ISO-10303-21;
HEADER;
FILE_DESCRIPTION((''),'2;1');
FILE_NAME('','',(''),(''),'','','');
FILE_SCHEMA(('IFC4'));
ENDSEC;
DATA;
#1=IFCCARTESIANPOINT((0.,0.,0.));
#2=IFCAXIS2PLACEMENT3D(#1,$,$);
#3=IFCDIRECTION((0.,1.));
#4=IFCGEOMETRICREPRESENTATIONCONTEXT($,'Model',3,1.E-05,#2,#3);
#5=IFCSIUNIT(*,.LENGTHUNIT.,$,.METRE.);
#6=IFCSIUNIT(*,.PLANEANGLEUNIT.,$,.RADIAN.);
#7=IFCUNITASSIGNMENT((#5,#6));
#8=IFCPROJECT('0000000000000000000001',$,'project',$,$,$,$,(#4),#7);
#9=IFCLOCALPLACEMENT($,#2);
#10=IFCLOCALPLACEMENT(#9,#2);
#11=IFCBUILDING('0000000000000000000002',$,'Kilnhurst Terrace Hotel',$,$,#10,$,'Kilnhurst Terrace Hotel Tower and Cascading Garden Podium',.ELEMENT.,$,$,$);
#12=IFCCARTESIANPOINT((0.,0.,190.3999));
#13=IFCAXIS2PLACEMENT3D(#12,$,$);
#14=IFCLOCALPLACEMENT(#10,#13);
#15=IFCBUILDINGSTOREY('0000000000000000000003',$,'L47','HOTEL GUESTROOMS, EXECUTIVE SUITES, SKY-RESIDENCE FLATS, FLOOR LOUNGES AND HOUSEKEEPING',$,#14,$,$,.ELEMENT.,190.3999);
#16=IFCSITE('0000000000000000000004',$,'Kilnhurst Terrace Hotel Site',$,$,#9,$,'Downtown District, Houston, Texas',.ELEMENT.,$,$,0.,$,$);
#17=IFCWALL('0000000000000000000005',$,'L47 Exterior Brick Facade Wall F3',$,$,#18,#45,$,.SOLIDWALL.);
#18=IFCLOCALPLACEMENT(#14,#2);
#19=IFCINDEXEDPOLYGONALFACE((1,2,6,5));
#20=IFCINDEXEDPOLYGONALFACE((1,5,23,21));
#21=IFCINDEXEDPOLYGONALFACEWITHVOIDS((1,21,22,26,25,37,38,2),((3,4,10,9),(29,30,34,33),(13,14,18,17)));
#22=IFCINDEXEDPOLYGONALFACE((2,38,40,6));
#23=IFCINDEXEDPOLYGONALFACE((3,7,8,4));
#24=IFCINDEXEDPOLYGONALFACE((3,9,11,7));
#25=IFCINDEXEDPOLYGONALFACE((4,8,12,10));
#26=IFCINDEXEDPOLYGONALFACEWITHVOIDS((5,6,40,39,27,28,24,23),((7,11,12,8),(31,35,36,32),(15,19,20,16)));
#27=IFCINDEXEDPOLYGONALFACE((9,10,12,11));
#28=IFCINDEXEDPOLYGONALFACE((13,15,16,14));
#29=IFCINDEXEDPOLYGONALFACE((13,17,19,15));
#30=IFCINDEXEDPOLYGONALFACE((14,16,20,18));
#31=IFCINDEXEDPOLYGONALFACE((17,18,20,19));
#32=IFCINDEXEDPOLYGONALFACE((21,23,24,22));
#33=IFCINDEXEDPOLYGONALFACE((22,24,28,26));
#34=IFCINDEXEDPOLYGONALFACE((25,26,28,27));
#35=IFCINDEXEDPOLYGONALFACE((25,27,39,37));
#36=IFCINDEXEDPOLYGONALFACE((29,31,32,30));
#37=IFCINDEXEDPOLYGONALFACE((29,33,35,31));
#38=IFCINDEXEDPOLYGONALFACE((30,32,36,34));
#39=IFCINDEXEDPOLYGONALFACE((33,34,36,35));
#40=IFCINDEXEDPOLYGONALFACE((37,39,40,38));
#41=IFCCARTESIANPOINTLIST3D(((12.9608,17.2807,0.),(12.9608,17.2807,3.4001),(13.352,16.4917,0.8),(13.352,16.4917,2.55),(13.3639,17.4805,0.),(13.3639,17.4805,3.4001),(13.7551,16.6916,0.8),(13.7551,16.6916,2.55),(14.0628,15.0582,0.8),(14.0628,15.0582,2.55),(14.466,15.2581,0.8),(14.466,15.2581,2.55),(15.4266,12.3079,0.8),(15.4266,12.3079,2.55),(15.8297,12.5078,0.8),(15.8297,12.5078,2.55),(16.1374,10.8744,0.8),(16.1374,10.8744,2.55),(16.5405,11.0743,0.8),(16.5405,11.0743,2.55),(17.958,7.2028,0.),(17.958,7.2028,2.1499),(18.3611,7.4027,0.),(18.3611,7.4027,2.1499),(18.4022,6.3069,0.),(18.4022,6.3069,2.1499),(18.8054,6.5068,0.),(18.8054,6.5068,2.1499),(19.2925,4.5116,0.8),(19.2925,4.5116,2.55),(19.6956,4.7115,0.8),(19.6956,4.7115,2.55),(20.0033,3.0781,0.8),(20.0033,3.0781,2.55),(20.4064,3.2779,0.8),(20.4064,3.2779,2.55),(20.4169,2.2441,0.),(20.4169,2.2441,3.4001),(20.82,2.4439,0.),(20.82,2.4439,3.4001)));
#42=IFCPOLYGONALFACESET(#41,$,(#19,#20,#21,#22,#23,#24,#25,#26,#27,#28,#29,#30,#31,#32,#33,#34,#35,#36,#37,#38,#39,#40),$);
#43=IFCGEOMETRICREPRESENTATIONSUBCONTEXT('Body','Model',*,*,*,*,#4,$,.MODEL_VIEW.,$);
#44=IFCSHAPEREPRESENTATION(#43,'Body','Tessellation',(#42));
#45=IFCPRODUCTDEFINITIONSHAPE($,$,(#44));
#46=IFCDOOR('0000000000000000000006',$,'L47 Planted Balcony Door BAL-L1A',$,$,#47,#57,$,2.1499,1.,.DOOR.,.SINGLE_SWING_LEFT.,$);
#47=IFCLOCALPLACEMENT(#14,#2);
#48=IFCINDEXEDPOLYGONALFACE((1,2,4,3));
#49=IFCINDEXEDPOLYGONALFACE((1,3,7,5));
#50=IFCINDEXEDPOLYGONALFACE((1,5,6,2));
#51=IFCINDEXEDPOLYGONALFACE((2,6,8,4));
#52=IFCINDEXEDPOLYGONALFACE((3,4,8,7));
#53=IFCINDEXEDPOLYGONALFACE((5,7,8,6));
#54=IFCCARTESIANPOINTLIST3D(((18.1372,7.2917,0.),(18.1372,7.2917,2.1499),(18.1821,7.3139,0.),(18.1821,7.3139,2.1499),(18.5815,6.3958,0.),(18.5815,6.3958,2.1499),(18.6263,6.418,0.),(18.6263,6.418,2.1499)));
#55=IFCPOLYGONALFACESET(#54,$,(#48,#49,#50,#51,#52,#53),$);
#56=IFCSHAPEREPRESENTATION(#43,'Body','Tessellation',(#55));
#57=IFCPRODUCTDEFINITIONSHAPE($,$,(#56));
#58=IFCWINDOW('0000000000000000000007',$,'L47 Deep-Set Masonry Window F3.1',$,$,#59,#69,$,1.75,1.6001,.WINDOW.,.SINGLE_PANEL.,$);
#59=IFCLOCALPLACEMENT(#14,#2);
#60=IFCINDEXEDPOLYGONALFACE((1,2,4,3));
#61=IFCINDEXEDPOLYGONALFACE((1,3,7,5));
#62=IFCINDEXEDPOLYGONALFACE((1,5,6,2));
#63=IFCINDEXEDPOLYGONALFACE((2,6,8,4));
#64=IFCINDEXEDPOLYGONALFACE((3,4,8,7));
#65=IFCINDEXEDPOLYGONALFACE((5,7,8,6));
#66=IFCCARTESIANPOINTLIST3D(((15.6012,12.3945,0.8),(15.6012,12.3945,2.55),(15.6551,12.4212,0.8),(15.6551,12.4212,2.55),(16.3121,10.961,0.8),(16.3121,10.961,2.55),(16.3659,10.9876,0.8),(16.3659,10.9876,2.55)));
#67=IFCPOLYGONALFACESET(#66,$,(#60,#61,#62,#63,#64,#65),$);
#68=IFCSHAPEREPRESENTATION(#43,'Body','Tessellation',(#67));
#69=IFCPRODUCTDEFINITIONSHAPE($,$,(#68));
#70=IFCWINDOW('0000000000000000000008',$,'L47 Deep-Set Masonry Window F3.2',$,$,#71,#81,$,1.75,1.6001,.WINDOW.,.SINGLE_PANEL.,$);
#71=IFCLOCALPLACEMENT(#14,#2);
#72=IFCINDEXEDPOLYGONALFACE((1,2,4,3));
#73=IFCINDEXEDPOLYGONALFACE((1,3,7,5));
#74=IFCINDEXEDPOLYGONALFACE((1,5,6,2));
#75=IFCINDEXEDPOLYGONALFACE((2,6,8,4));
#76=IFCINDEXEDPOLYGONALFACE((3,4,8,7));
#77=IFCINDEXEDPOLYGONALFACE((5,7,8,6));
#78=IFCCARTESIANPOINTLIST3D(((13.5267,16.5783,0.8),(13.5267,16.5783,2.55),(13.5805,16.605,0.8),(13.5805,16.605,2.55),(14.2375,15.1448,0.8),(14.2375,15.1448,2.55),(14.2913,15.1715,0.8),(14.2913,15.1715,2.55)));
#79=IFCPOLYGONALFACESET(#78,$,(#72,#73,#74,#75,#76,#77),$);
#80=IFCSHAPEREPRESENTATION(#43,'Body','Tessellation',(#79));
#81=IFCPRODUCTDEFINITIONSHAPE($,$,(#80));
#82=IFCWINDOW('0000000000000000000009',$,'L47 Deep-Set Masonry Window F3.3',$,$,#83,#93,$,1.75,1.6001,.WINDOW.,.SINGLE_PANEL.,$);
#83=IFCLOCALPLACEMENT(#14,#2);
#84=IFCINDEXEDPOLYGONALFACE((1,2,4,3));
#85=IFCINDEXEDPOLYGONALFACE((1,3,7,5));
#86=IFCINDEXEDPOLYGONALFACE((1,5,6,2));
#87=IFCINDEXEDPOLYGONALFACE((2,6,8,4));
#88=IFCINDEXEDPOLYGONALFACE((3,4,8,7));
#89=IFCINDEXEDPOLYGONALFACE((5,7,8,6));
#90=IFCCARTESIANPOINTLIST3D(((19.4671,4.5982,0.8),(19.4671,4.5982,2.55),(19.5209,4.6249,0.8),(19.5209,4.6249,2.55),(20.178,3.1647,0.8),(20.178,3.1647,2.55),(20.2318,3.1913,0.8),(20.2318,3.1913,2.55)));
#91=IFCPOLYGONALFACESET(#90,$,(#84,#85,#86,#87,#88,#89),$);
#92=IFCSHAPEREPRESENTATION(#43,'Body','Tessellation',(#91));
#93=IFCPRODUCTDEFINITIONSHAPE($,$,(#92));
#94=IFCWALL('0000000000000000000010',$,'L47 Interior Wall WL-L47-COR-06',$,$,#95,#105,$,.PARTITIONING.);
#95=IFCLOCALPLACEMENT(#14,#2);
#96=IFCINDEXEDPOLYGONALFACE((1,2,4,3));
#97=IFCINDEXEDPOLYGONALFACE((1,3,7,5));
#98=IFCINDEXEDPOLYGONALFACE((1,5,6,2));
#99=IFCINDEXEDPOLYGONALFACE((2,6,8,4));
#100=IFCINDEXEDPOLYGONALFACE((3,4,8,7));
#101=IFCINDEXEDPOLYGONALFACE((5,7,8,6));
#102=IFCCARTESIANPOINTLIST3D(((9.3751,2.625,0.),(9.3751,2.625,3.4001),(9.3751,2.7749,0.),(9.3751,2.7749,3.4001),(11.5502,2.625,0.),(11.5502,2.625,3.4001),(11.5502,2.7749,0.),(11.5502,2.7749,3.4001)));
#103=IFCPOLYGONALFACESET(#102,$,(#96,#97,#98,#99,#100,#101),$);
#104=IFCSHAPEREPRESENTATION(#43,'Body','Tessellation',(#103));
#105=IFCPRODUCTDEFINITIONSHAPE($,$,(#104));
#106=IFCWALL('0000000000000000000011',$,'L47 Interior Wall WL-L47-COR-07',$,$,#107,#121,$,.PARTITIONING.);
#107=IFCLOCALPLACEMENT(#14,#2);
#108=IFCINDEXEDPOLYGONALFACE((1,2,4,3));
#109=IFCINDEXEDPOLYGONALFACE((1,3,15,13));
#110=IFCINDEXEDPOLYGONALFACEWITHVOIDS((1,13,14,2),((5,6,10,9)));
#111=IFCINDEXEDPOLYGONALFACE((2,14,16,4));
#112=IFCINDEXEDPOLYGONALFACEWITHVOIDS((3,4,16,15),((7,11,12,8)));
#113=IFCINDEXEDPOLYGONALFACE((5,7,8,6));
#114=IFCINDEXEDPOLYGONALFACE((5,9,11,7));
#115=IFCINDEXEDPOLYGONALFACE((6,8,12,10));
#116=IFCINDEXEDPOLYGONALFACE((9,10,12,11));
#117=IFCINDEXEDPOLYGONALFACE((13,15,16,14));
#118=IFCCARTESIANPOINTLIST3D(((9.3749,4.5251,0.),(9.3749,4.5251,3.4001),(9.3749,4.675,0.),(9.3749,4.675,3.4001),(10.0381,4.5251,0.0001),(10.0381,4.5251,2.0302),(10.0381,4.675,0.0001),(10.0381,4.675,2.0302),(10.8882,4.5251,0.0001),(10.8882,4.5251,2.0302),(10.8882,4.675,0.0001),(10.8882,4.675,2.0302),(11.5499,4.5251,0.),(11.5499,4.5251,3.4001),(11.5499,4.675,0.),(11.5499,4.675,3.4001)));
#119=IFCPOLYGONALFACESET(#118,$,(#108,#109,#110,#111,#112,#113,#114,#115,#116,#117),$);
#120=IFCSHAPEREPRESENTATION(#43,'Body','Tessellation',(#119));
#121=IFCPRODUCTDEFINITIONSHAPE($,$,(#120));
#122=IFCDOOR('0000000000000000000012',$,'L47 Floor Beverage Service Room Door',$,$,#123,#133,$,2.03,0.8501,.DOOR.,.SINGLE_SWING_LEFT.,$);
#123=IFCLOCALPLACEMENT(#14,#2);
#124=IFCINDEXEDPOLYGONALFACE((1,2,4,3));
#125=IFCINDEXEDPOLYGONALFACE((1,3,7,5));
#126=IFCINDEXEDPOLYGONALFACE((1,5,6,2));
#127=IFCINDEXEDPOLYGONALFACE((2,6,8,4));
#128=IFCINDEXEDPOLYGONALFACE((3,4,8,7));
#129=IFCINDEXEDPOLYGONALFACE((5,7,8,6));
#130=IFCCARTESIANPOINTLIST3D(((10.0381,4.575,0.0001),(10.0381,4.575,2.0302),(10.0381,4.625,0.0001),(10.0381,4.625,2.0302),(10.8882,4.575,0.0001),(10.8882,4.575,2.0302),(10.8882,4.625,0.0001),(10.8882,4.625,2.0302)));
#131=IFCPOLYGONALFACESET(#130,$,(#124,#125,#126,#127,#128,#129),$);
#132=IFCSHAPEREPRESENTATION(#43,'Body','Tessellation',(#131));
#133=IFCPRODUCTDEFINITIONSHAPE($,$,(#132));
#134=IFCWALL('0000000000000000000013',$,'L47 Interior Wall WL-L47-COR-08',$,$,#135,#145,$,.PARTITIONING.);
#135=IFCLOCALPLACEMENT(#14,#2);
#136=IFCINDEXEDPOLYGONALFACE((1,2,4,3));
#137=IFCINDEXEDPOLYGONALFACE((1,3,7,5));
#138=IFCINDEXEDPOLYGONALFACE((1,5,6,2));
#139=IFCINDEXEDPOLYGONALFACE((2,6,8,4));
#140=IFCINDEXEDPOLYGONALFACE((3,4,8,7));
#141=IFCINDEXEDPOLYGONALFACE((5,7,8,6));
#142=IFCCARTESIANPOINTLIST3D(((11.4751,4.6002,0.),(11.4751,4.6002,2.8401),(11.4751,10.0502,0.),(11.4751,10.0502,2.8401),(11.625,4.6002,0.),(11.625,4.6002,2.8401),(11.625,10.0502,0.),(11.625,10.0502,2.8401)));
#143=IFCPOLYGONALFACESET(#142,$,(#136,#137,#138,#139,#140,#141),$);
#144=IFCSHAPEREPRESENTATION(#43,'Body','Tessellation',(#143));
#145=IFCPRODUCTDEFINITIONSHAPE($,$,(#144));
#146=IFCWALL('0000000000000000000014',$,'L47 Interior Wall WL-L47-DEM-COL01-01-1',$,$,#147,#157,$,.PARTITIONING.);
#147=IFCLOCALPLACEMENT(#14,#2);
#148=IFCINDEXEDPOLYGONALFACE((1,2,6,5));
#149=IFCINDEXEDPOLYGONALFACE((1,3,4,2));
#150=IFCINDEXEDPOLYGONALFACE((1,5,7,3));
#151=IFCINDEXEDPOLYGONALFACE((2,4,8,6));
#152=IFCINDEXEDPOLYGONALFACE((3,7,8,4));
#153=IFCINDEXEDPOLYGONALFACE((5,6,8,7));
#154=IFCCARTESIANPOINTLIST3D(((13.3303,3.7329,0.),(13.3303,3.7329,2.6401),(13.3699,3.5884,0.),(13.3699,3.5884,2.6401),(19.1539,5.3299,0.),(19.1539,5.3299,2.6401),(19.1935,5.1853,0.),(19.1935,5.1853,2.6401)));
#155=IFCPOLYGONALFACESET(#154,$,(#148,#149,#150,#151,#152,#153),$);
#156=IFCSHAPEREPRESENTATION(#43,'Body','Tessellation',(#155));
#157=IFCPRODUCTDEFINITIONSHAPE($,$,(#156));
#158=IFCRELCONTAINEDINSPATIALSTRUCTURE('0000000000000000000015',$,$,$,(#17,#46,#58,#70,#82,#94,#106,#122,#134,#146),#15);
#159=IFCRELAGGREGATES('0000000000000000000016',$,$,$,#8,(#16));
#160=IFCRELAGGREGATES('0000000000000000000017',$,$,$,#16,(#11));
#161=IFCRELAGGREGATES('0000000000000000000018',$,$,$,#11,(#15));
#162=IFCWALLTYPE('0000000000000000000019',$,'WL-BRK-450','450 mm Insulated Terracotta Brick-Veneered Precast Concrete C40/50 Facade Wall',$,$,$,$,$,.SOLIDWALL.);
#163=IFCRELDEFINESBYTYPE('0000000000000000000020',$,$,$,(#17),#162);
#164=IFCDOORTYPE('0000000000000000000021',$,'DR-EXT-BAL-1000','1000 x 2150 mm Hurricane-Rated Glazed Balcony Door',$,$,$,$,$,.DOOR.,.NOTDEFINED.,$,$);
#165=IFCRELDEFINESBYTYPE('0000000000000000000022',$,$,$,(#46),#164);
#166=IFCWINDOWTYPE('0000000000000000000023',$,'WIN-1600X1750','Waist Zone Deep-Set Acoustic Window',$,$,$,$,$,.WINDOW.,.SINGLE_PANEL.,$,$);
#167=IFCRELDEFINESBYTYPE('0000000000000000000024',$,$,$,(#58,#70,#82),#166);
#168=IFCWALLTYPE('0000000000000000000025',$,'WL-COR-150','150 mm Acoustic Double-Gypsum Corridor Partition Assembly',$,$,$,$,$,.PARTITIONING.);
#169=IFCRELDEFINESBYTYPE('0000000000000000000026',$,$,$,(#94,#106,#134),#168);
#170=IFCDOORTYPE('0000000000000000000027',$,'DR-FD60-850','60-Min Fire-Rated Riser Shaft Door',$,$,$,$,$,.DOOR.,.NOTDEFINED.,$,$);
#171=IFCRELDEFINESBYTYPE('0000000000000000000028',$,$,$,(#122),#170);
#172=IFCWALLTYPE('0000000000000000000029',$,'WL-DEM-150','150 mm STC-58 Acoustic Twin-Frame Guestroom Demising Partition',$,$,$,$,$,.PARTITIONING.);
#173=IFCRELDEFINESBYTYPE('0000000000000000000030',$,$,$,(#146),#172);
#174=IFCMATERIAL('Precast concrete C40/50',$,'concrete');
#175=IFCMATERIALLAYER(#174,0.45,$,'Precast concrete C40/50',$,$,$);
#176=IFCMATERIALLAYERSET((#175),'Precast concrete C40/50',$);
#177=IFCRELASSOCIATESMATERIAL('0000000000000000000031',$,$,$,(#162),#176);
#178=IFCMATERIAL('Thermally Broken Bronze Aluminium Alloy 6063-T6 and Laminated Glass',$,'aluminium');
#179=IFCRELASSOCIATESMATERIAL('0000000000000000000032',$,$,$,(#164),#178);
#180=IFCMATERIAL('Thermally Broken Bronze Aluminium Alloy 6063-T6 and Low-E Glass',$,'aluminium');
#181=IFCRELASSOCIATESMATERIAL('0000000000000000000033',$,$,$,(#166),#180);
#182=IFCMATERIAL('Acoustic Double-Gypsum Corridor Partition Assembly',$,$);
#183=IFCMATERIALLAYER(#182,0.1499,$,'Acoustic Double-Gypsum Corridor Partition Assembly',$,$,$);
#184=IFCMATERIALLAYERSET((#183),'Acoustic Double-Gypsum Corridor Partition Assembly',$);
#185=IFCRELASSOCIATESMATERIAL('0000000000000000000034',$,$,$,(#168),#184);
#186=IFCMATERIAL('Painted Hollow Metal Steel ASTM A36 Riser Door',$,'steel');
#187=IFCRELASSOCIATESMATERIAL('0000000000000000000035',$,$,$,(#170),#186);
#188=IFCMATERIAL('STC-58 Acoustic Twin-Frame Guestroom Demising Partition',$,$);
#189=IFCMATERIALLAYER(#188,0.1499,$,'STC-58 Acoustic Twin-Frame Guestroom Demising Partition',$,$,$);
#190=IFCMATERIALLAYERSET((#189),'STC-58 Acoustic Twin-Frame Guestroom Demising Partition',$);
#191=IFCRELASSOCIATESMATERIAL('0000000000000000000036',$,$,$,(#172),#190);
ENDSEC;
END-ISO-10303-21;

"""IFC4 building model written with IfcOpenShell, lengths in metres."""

from ifc_helpers import new_model, si_unit, direction, frame, frame_2d, origin, place, context, subcontext, project, spatial, rectangle, extrude, material, layer, layer_set, type_object, element, fill, save


model = new_model("IFC4")

# Units and contexts
model_context = context("Model", 3, precision=1e-05, world=origin(), true_north=direction((0.0, 1.0)))
body_context = subcontext(model_context, "Body", "Model", "MODEL_VIEW")
ifc_project = project(units=[si_unit("LENGTHUNIT", "METRE"), si_unit("PLANEANGLEUNIT", "RADIAN")], contexts=[model_context])

# Site, building, storey
site_placement = place(None, origin())
site = spatial("IfcSite", under=ifc_project, at=site_placement, Name="Kilnhurst Terrace Hotel Site", LongName="Downtown District, Houston, Texas", CompositionType="ELEMENT", RefElevation=0.0)
building_placement = place(site_placement, origin())
building = spatial("IfcBuilding", under=site, at=building_placement, Name="Kilnhurst Terrace Hotel", LongName="Kilnhurst Terrace Hotel Tower and Cascading Garden Podium", CompositionType="ELEMENT")
storey_placement = place(building_placement, frame((0.0, 0.0, 190.3999)))
storey = spatial("IfcBuildingStorey", under=building, at=storey_placement, Name="L47", Description="HOTEL GUESTROOMS, EXECUTIVE SUITES, SKY-RESIDENCE FLATS, FLOOR LOUNGES AND HOUSEKEEPING", CompositionType="ELEMENT", Elevation=190.3999)

# Shared definitions
ifc_material_1 = material(Name="Precast concrete C40/50", Category="concrete")
ifc_layer_1 = layer(ifc_material_1, 0.45, Name="Precast concrete C40/50")
ifc_layer_set_1 = layer_set([ifc_layer_1], Name="Precast concrete C40/50")
wall_type_1 = type_object("IfcWallType", Name="WL-BRK-450", Description="450 mm Insulated Terracotta Brick-Veneered Precast Concrete C40/50 Facade Wall", PredefinedType="SOLIDWALL", material=ifc_layer_set_1)

# Wall, openings, door, windows
wall_1_placement = place(storey_placement, frame((20.6184, 2.344, 0.0), z_axis=(0.0, 0.0, 1.0), x_axis=(-0.444244, 0.895906, 0.0)))
wall_1 = element("IfcWall", 1, at=wall_1_placement, inside=storey, type_object=wall_type_1, Name="L47 Exterior Brick Facade Wall F3", PredefinedType="SOLIDWALL", context=body_context, shape_type="SweptSolid", body=[
    extrude(rectangle(XDim=16.7837, YDim=0.45, at=frame_2d((8.3918, 0.0))), origin(), (0.0, 0.0, 1.0), 3.4001),
])
opening_1_placement = place(wall_1_placement, frame((4.5349, 0.0, 0.0)))
opening_1 = element("IfcOpeningElement", 2, at=opening_1_placement, cuts=wall_1, PredefinedType="OPENING", context=body_context, shape_type="SweptSolid", body=[
    extrude(rectangle(XDim=1.0, YDim=2.1499, at=frame_2d((0.5, 1.075))), frame((0.0, 0.2349, 0.0), z_axis=(0.0, -1.0, 0.0), x_axis=(1.0, 0.0, 0.0)), (0.0, 0.0, 1.0), 0.47),
])
opening_2_placement = place(wall_1_placement, frame((9.6331, 0.0, 0.8)))
opening_2 = element("IfcOpeningElement", 3, at=opening_2_placement, cuts=wall_1, PredefinedType="OPENING", context=body_context, shape_type="SweptSolid", body=[
    extrude(rectangle(XDim=1.6001, YDim=1.75, at=frame_2d((0.8, 0.875))), frame((0.0, 0.2349, 0.0), z_axis=(0.0, -1.0, 0.0), x_axis=(1.0, 0.0, 0.0)), (0.0, 0.0, 1.0), 0.47),
])
opening_3_placement = place(wall_1_placement, frame((14.303, 0.0, 0.8)))
opening_3 = element("IfcOpeningElement", 4, at=opening_3_placement, cuts=wall_1, PredefinedType="OPENING", context=body_context, shape_type="SweptSolid", body=[
    extrude(rectangle(XDim=1.6001, YDim=1.75, at=frame_2d((0.8, 0.875))), frame((0.0, 0.2349, 0.0), z_axis=(0.0, -1.0, 0.0), x_axis=(1.0, 0.0, 0.0)), (0.0, 0.0, 1.0), 0.47),
])
opening_4_placement = place(wall_1_placement, frame((0.9309, 0.0, 0.8)))
opening_4 = element("IfcOpeningElement", 5, at=opening_4_placement, cuts=wall_1, PredefinedType="OPENING", context=body_context, shape_type="SweptSolid", body=[
    extrude(rectangle(XDim=1.6001, YDim=1.75, at=frame_2d((0.8, 0.875))), frame((0.0, 0.2349, 0.0), z_axis=(0.0, -1.0, 0.0), x_axis=(1.0, 0.0, 0.0)), (0.0, 0.0, 1.0), 0.47),
])
ifc_material_2 = material(Name="Thermally Broken Bronze Aluminium Alloy 6063-T6 and Laminated Glass", Category="aluminium")
door_type_1 = type_object("IfcDoorType", Name="DR-EXT-BAL-1000", Description="1000 x 2150 mm Hurricane-Rated Glazed Balcony Door", OperationType="NOTDEFINED", PredefinedType="DOOR", material=ifc_material_2)
door_1_placement = place(opening_1_placement, origin())
door_1 = element("IfcDoor", 6, at=door_1_placement, inside=storey, type_object=door_type_1, Name="L47 Planted Balcony Door BAL-L1A", OperationType="SINGLE_SWING_LEFT", OverallHeight=2.1499, OverallWidth=1.0, PredefinedType="DOOR", context=body_context, shape_type="SweptSolid", body=[
    extrude(rectangle(XDim=1.0, YDim=2.1499, at=frame_2d((0.5, 1.075))), frame((0.0, 0.0249, 0.0), z_axis=(0.0, -1.0, 0.0), x_axis=(1.0, 0.0, 0.0)), (0.0, 0.0, 1.0), 0.05),
])
fill(opening_1, door_1)
ifc_material_3 = material(Name="Thermally Broken Bronze Aluminium Alloy 6063-T6 and Low-E Glass", Category="aluminium")
window_type = type_object("IfcWindowType", Name="WIN-1600X1750", Description="Waist Zone Deep-Set Acoustic Window", PartitioningType="SINGLE_PANEL", PredefinedType="WINDOW", material=ifc_material_3)
window_1_placement = place(opening_2_placement, origin())
window_1 = element("IfcWindow", 7, at=window_1_placement, inside=storey, type_object=window_type, Name="L47 Deep-Set Masonry Window F3.1", OverallHeight=1.75, OverallWidth=1.6001, PartitioningType="SINGLE_PANEL", PredefinedType="WINDOW", context=body_context, shape_type="SweptSolid", body=[
    extrude(rectangle(XDim=1.6001, YDim=1.75, at=frame_2d((0.8, 0.875))), frame((0.0, 0.03, 0.0), z_axis=(0.0, -1.0, 0.0), x_axis=(1.0, 0.0, 0.0)), (0.0, 0.0, 1.0), 0.0601),
])
fill(opening_2, window_1)
window_2_placement = place(opening_3_placement, origin())
window_2 = element("IfcWindow", 8, at=window_2_placement, inside=storey, type_object=window_type, Name="L47 Deep-Set Masonry Window F3.2", OverallHeight=1.75, OverallWidth=1.6001, PartitioningType="SINGLE_PANEL", PredefinedType="WINDOW", context=body_context, shape_type="SweptSolid", body=[
    extrude(rectangle(XDim=1.6001, YDim=1.75, at=frame_2d((0.8, 0.875))), frame((0.0, 0.03, 0.0), z_axis=(0.0, -1.0, 0.0), x_axis=(1.0, 0.0, 0.0)), (0.0, 0.0, 1.0), 0.0601),
])
fill(opening_3, window_2)
window_3_placement = place(opening_4_placement, origin())
window_3 = element("IfcWindow", 9, at=window_3_placement, inside=storey, type_object=window_type, Name="L47 Deep-Set Masonry Window F3.3", OverallHeight=1.75, OverallWidth=1.6001, PartitioningType="SINGLE_PANEL", PredefinedType="WINDOW", context=body_context, shape_type="SweptSolid", body=[
    extrude(rectangle(XDim=1.6001, YDim=1.75, at=frame_2d((0.8, 0.875))), frame((0.0, 0.03, 0.0), z_axis=(0.0, -1.0, 0.0), x_axis=(1.0, 0.0, 0.0)), (0.0, 0.0, 1.0), 0.0601),
])
fill(opening_4, window_3)

# Wall
ifc_material_4 = material(Name="Acoustic Double-Gypsum Corridor Partition Assembly")
ifc_layer_2 = layer(ifc_material_4, 0.1499, Name="Acoustic Double-Gypsum Corridor Partition Assembly")
ifc_layer_set_2 = layer_set([ifc_layer_2], Name="Acoustic Double-Gypsum Corridor Partition Assembly")
wall_type_2 = type_object("IfcWallType", Name="WL-COR-150", Description="150 mm Acoustic Double-Gypsum Corridor Partition Assembly", PredefinedType="PARTITIONING", material=ifc_layer_set_2)
wall_2_placement = place(storey_placement, frame((11.55, 2.7, 0.0), z_axis=(0.0, 0.0, 1.0), x_axis=(-1.0, 0.0, 0.0)))
element("IfcWall", 10, at=wall_2_placement, inside=storey, type_object=wall_type_2, Name="L47 Interior Wall WL-L47-COR-06", PredefinedType="PARTITIONING", context=body_context, shape_type="SweptSolid", body=[
    extrude(rectangle(XDim=2.175, YDim=0.1499, at=frame_2d((1.0874, 0.0))), origin(), (0.0, 0.0, 1.0), 3.4001),
])

# Wall, opening, door
wall_3_placement = place(storey_placement, frame((9.375, 4.6001, 0.0), z_axis=(0.0, 0.0, 1.0), x_axis=(1.0, 0.0, 0.0)))
wall_3 = element("IfcWall", 11, at=wall_3_placement, inside=storey, type_object=wall_type_2, Name="L47 Interior Wall WL-L47-COR-07", PredefinedType="PARTITIONING", context=body_context, shape_type="SweptSolid", body=[
    extrude(rectangle(XDim=2.175, YDim=0.1499, at=frame_2d((1.0874, 0.0))), origin(), (0.0, 0.0, 1.0), 3.4001),
])
opening_5_placement = place(wall_3_placement, frame((0.6631, 0.0, 0.0)))
opening_5 = element("IfcOpeningElement", 12, at=opening_5_placement, cuts=wall_3, PredefinedType="OPENING", context=body_context, shape_type="SweptSolid", body=[
    extrude(rectangle(XDim=0.8501, YDim=2.03, at=frame_2d((0.425, 1.0151))), frame((0.0, 0.085, 0.0), z_axis=(0.0, -1.0, 0.0), x_axis=(1.0, 0.0, 0.0)), (0.0, 0.0, 1.0), 0.1699),
])
ifc_material_5 = material(Name="Painted Hollow Metal Steel ASTM A36 Riser Door", Category="steel")
door_type_2 = type_object("IfcDoorType", Name="DR-FD60-850", Description="60-Min Fire-Rated Riser Shaft Door", OperationType="NOTDEFINED", PredefinedType="DOOR", material=ifc_material_5)
door_2_placement = place(opening_5_placement, origin())
door_2 = element("IfcDoor", 13, at=door_2_placement, inside=storey, type_object=door_type_2, Name="L47 Floor Beverage Service Room Door", OperationType="SINGLE_SWING_LEFT", OverallHeight=2.03, OverallWidth=0.8501, PredefinedType="DOOR", context=body_context, shape_type="SweptSolid", body=[
    extrude(rectangle(XDim=0.8501, YDim=2.03, at=frame_2d((0.425, 1.0151))), frame((0.0, 0.0249, 0.0), z_axis=(0.0, -1.0, 0.0), x_axis=(1.0, 0.0, 0.0)), (0.0, 0.0, 1.0), 0.05),
])
fill(opening_5, door_2)

# Walls
wall_4_placement = place(storey_placement, frame((11.55, 4.6001, 0.0), z_axis=(0.0, 0.0, 1.0), x_axis=(0.0, 1.0, 0.0)))
element("IfcWall", 14, at=wall_4_placement, inside=storey, type_object=wall_type_2, Name="L47 Interior Wall WL-L47-COR-08", PredefinedType="PARTITIONING", context=body_context, shape_type="SweptSolid", body=[
    extrude(rectangle(XDim=5.45, YDim=0.1499, at=frame_2d((2.7251, 0.0))), origin(), (0.0, 0.0, 1.0), 2.8401),
])
ifc_material_6 = material(Name="STC-58 Acoustic Twin-Frame Guestroom Demising Partition")
ifc_layer_3 = layer(ifc_material_6, 0.1499, Name="STC-58 Acoustic Twin-Frame Guestroom Demising Partition")
ifc_layer_set_3 = layer_set([ifc_layer_3], Name="STC-58 Acoustic Twin-Frame Guestroom Demising Partition")
wall_type_3 = type_object("IfcWallType", Name="WL-DEM-150", Description="150 mm STC-58 Acoustic Twin-Frame Guestroom Demising Partition", PredefinedType="PARTITIONING", material=ifc_layer_set_3)
wall_5_placement = place(storey_placement, frame((13.3501, 3.6606, 0.0), z_axis=(0.0, 0.0, 1.0), x_axis=(0.964397, 0.264458, 0.0)))
element("IfcWall", 15, at=wall_5_placement, inside=storey, type_object=wall_type_3, Name="L47 Interior Wall WL-L47-DEM-COL01-01-1", PredefinedType="PARTITIONING", context=body_context, shape_type="SweptSolid", body=[
    extrude(rectangle(XDim=6.0386, YDim=0.1499, at=frame_2d((3.0193, 0.0))), origin(), (0.0, 0.0, 1.0), 2.6401),
])

save(model, "model.ifc")
